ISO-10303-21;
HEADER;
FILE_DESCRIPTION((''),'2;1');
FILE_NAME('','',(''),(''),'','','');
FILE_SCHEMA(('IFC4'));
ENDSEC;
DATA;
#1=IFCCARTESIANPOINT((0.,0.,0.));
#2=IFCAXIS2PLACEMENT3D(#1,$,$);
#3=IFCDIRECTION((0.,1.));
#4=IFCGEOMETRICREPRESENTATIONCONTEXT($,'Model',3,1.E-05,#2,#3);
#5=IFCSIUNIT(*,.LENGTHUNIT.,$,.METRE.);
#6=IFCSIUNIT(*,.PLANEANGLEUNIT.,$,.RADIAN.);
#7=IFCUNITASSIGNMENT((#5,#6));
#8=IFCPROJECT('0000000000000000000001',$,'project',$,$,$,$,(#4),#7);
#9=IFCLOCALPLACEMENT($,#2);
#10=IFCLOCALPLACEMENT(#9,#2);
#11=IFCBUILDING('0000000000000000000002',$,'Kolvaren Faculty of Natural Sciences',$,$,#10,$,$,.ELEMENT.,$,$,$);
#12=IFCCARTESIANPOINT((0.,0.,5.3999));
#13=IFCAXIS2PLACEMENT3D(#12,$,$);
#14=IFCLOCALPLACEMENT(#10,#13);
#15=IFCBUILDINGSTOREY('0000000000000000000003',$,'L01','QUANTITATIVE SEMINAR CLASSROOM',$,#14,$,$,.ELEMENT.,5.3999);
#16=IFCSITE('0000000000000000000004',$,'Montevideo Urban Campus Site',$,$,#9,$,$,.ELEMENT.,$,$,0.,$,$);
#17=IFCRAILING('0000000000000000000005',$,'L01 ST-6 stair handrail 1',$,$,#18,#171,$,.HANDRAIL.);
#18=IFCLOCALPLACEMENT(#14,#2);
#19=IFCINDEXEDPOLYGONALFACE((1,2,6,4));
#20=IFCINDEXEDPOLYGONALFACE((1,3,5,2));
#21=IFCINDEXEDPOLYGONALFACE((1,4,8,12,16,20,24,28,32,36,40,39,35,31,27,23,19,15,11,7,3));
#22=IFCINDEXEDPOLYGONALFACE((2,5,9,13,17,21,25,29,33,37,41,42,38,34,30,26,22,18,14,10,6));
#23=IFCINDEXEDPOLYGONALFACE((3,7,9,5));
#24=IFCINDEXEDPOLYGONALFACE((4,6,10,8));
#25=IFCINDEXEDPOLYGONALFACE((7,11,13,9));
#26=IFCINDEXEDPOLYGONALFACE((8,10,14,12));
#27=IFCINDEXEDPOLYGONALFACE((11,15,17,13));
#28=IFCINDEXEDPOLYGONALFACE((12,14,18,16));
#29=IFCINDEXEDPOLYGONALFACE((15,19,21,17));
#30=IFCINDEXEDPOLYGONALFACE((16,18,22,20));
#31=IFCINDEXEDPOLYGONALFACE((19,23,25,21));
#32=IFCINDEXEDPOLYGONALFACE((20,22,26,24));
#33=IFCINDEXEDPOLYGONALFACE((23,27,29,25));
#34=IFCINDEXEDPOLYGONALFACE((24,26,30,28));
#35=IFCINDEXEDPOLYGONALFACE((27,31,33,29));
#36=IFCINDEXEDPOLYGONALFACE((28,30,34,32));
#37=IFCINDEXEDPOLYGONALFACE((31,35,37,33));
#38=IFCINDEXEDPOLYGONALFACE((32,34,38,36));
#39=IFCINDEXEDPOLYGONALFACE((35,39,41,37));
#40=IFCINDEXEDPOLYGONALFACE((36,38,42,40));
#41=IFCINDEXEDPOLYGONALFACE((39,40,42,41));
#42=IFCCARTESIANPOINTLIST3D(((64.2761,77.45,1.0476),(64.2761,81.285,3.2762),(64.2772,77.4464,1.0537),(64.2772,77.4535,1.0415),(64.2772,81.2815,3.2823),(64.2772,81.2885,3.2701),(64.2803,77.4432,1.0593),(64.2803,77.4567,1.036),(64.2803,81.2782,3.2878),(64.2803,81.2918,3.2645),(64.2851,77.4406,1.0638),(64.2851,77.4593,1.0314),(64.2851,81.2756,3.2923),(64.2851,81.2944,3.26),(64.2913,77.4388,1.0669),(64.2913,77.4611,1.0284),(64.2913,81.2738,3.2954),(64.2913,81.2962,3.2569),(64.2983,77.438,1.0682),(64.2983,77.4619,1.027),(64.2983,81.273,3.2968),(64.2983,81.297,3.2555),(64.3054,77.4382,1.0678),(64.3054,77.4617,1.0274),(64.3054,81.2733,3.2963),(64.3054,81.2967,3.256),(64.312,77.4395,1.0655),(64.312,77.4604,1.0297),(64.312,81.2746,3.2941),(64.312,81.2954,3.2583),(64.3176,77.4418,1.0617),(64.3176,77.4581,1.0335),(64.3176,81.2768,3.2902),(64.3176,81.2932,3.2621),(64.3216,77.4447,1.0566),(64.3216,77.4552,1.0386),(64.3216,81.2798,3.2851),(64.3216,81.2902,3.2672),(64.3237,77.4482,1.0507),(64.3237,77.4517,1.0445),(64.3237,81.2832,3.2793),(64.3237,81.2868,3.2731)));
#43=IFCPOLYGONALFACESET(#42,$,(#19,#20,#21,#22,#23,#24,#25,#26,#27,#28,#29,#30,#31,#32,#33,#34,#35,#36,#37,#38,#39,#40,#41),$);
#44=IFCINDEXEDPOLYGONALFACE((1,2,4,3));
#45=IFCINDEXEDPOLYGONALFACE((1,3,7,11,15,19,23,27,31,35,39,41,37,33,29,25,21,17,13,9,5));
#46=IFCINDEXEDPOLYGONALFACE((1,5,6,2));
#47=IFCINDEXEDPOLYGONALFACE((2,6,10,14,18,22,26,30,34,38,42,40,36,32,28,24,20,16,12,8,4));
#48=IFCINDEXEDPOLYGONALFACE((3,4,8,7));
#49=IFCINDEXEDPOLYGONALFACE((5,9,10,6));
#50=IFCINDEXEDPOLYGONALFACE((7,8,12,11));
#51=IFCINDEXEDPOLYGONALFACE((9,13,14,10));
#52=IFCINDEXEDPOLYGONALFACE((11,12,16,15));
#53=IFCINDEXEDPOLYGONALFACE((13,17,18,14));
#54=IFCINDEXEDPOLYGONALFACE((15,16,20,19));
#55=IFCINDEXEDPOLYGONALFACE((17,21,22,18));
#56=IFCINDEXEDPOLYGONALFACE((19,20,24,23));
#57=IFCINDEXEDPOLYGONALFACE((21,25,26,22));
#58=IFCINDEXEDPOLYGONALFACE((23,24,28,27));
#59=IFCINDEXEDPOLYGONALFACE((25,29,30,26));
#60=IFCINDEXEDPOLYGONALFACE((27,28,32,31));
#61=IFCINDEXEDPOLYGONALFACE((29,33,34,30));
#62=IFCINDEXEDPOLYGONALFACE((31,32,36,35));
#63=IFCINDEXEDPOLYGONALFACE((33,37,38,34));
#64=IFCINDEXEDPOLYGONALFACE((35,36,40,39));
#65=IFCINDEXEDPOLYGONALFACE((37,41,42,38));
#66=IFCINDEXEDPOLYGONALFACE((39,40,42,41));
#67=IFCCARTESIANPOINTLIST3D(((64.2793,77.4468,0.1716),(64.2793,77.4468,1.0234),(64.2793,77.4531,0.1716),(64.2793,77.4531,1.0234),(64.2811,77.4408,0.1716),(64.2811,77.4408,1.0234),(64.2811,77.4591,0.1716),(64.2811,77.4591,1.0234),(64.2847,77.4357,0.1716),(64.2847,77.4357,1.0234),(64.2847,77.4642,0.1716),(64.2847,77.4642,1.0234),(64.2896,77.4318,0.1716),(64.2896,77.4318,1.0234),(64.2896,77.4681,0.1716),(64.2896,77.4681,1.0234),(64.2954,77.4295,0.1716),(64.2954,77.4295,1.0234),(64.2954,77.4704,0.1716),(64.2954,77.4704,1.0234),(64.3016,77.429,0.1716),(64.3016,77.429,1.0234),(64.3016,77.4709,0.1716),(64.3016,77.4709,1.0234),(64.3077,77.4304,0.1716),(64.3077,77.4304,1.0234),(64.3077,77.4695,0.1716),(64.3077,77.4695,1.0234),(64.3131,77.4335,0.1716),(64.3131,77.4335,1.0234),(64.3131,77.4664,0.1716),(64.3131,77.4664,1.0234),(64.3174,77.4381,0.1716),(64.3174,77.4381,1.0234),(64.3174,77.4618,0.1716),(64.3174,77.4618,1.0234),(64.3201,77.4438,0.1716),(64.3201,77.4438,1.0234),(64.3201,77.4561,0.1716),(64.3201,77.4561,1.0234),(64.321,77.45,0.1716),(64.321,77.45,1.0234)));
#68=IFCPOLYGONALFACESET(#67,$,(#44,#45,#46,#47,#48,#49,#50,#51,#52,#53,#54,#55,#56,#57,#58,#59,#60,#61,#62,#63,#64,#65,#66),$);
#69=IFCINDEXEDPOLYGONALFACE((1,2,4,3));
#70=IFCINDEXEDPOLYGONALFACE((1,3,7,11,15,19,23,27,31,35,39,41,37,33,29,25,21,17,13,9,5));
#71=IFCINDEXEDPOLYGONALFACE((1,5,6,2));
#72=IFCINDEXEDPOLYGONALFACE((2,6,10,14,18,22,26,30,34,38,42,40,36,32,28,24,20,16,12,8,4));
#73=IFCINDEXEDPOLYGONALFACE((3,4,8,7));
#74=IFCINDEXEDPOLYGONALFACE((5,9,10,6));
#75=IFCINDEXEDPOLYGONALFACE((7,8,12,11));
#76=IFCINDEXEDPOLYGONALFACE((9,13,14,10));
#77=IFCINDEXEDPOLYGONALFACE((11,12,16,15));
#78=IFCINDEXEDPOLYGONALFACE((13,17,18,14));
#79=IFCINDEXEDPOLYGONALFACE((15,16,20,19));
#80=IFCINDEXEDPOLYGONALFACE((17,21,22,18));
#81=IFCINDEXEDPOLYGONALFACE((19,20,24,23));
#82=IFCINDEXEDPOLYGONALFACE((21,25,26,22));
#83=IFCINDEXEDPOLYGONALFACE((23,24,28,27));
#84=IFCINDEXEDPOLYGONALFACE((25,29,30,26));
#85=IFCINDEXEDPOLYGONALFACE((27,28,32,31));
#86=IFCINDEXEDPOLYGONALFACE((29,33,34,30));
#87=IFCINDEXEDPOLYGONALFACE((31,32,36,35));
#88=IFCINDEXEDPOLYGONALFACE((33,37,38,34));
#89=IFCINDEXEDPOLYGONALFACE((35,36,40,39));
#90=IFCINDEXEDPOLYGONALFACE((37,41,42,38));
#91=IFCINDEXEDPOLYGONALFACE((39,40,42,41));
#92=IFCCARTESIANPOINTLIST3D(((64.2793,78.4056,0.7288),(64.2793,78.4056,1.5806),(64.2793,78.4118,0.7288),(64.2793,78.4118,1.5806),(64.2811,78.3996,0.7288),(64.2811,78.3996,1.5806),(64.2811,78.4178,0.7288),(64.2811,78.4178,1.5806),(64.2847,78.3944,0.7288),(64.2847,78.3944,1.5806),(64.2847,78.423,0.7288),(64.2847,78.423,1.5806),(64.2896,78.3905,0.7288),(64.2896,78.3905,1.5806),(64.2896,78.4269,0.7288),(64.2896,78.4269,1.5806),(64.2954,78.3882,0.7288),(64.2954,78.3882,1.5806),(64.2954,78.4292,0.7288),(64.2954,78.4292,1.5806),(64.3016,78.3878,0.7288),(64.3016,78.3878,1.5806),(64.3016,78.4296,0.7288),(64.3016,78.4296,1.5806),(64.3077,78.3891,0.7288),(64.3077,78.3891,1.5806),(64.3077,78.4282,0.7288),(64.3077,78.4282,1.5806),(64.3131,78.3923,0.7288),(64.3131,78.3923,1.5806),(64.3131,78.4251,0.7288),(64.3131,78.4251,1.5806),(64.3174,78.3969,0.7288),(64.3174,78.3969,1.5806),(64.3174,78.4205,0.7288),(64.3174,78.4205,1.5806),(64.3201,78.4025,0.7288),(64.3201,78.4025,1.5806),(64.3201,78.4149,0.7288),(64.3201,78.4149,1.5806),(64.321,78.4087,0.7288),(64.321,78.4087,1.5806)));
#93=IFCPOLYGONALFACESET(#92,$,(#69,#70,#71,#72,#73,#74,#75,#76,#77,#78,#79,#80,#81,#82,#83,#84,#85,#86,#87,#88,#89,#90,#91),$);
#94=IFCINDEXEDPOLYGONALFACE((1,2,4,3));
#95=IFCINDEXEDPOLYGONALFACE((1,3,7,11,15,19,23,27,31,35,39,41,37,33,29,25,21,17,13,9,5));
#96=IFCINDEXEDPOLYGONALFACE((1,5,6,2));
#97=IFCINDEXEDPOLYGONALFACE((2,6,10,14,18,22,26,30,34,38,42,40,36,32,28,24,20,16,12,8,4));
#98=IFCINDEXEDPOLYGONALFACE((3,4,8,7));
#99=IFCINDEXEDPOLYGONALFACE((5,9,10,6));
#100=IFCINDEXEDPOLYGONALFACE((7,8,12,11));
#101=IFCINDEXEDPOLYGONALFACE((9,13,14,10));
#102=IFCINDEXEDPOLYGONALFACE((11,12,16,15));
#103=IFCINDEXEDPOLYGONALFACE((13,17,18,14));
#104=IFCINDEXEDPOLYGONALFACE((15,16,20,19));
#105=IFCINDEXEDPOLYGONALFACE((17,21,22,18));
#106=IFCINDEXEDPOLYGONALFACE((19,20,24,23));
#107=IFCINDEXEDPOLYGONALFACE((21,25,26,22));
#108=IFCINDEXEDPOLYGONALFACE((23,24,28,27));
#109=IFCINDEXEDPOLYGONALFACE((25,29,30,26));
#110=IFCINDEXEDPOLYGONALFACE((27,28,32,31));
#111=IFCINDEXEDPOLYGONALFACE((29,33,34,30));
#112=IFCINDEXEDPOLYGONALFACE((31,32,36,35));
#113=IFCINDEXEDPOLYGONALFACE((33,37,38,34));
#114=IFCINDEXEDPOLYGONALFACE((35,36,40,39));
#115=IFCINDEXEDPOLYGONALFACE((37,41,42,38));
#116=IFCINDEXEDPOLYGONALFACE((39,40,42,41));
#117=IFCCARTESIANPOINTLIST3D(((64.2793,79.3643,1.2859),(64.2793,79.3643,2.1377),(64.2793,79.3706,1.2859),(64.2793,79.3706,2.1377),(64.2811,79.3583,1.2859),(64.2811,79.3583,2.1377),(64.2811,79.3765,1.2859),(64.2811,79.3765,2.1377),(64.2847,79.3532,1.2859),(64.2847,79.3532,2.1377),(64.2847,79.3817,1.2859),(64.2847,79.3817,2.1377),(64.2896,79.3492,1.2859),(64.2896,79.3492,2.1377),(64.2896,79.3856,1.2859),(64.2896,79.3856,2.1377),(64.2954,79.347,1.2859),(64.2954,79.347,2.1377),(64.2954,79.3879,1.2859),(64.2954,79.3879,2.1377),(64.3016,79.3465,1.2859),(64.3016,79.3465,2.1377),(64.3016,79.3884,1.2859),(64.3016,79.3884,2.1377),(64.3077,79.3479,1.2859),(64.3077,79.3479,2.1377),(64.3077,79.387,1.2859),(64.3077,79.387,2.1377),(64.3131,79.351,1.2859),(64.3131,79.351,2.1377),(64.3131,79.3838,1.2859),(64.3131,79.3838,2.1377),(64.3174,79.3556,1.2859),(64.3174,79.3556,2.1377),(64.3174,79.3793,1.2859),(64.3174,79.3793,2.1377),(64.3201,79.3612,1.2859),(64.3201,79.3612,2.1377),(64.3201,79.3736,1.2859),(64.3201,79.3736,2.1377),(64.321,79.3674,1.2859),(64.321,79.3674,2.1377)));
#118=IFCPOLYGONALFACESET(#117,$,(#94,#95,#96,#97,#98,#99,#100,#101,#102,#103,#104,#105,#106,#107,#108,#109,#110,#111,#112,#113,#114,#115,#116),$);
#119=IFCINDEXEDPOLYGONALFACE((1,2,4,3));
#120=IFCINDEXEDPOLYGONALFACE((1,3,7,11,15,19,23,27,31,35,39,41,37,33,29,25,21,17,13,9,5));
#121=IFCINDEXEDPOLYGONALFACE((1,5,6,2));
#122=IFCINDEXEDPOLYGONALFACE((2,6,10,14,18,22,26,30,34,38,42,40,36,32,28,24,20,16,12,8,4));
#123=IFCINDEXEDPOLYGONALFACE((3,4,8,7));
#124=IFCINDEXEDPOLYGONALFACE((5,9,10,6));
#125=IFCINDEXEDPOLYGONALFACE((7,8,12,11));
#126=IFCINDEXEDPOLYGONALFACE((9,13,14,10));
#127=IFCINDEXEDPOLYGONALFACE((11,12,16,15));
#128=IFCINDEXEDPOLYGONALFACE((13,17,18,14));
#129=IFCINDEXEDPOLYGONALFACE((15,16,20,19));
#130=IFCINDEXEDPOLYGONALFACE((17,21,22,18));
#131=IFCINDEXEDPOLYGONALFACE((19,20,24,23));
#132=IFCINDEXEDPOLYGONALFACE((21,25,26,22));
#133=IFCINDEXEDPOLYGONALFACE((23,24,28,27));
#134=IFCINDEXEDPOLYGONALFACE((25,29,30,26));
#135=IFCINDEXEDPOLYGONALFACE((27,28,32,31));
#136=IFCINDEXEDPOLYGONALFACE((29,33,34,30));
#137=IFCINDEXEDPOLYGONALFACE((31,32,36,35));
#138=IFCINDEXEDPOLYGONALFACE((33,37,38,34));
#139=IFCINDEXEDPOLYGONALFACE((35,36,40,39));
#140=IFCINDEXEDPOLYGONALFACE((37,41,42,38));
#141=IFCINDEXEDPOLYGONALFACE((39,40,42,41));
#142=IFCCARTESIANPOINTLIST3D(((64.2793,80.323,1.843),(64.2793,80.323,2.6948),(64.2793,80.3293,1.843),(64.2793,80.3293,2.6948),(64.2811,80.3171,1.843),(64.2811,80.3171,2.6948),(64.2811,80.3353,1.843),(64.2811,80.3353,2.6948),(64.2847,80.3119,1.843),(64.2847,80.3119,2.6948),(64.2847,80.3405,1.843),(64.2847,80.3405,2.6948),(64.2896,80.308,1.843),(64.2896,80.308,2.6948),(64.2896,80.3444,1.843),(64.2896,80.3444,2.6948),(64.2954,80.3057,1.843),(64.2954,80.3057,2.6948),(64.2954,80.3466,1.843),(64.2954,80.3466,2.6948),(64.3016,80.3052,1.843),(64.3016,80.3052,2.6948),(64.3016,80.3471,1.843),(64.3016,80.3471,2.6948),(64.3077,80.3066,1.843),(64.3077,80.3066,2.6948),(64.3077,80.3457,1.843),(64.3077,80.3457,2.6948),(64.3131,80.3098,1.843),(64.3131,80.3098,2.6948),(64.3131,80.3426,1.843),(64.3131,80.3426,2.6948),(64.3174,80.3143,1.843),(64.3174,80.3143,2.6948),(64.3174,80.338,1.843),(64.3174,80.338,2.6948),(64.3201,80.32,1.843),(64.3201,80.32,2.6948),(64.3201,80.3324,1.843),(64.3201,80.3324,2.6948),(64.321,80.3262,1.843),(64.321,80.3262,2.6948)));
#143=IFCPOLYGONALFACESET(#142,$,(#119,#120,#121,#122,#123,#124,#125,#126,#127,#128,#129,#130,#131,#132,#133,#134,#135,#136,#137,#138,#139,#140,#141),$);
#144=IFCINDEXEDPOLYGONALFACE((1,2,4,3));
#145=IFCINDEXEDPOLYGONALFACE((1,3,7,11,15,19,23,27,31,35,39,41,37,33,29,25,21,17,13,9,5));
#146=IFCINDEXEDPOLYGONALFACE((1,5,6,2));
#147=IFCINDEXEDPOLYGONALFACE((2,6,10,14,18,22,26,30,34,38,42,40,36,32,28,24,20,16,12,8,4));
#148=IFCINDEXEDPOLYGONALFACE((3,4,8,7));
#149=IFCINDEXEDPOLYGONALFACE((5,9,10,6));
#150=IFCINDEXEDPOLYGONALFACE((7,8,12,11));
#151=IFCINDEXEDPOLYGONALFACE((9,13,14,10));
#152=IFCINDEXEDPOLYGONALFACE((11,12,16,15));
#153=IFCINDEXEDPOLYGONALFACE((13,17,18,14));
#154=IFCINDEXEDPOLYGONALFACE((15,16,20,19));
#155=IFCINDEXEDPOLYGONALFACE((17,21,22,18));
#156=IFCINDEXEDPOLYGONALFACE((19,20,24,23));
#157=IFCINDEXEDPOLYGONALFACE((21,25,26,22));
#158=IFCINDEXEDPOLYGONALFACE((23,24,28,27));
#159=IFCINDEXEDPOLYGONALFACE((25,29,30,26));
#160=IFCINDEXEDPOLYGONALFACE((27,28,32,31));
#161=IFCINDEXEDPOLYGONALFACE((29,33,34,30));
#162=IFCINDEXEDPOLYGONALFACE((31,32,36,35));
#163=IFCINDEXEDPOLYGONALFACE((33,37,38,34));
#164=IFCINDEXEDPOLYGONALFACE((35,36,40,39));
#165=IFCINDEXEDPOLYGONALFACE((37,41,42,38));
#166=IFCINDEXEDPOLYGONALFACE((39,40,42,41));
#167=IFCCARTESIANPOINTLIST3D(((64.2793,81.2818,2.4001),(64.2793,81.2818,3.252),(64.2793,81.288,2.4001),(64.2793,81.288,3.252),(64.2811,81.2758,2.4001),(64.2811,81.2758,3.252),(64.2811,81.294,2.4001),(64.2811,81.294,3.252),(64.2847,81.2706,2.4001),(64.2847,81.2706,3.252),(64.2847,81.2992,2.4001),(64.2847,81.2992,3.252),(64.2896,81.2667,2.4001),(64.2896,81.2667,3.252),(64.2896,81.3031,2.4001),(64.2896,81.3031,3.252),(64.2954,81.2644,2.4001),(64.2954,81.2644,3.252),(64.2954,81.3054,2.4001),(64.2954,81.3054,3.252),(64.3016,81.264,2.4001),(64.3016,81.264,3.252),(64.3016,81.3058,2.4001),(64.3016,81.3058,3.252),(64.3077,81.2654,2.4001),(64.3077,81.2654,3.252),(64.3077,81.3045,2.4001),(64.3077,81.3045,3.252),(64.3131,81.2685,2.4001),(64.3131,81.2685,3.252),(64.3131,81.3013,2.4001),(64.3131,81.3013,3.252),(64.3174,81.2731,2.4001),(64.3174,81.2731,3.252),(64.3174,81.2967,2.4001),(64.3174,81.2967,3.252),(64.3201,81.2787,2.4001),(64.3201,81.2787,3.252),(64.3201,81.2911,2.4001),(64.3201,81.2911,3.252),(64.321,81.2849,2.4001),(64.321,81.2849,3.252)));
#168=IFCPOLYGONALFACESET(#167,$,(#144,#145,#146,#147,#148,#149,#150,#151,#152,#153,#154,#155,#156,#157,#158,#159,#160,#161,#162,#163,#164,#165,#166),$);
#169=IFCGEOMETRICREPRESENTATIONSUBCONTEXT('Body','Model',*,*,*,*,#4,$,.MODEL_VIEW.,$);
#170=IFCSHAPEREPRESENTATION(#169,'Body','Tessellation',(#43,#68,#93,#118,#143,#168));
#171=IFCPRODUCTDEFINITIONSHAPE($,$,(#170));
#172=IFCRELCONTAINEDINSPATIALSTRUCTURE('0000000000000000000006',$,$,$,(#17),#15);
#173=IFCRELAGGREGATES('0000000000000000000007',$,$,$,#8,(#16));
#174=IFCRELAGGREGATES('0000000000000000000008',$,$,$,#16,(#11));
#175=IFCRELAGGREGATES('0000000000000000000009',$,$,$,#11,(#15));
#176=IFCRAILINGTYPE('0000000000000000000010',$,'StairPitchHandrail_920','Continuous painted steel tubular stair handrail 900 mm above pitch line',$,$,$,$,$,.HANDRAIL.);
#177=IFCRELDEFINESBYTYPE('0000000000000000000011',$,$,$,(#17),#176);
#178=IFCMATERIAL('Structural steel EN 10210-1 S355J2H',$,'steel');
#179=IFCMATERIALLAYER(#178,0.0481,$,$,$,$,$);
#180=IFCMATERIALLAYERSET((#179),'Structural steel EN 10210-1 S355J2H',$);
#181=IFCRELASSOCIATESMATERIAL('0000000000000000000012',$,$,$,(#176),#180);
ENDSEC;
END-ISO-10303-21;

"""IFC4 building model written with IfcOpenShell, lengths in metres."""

from ifc_helpers import new_model, si_unit, direction, frame, origin, origin_2d, place, context, subcontext, project, spatial, circle, extrude, material, layer, layer_set, type_object, element, save


model = new_model("IFC4")

# Units and contexts
model_context = context("Model", 3, precision=1e-05, world=origin(), true_north=direction((0.0, 1.0)))
body_context = subcontext(model_context, "Body", "Model", "MODEL_VIEW")
ifc_project = project(units=[si_unit("LENGTHUNIT", "METRE"), si_unit("PLANEANGLEUNIT", "RADIAN")], contexts=[model_context])

# Site, building, storey
site_placement = place(None, origin())
site = spatial("IfcSite", under=ifc_project, at=site_placement, Name="Montevideo Urban Campus Site", CompositionType="ELEMENT", RefElevation=0.0)
building_placement = place(site_placement, origin())
building = spatial("IfcBuilding", under=site, at=building_placement, Name="Kolvaren Faculty of Natural Sciences", CompositionType="ELEMENT")
storey_placement = place(building_placement, frame((0.0, 0.0, 5.3999)))
storey = spatial("IfcBuildingStorey", under=building, at=storey_placement, Name="L01", Description="QUANTITATIVE SEMINAR CLASSROOM", CompositionType="ELEMENT", Elevation=5.3999)

# Railing
ifc_material_1 = material(Name="Structural steel EN 10210-1 S355J2H", Category="steel")
ifc_layer_1 = layer(ifc_material_1, 0.0481)
ifc_layer_set_1 = layer_set([ifc_layer_1], Name="Structural steel EN 10210-1 S355J2H")
railing_type_1 = type_object("IfcRailingType", Name="StairPitchHandrail_920", Description="Continuous painted steel tubular stair handrail 900 mm above pitch line", PredefinedType="HANDRAIL", material=ifc_layer_set_1)
railing_1_placement = place(storey_placement, frame((64.3, 77.45, 0.1716)))
element("IfcRailing", 1, at=railing_1_placement, inside=storey, type_object=railing_type_1, Name="L01 ST-6 stair handrail 1", PredefinedType="HANDRAIL", context=body_context, shape_type="SweptSolid", body=[
    extrude(circle(Radius=0.0239, at=origin_2d()), frame((0.0, 0.0, 0.876), z_axis=(0.0, 0.864616, 0.502433), x_axis=(-1.0, 0.0, 0.0)), (0.0, 0.0, 1.0), 4.4355),
    extrude(circle(Radius=0.021, at=origin_2d()), origin(), (0.0, 0.0, 1.0), 0.8518),
    extrude(circle(Radius=0.021, at=origin_2d()), frame((0.0, 0.9587, 0.5571)), (0.0, 0.0, 1.0), 0.8518),
    extrude(circle(Radius=0.021, at=origin_2d()), frame((0.0, 1.9175, 1.1143)), (0.0, 0.0, 1.0), 0.8518),
    extrude(circle(Radius=0.021, at=origin_2d()), frame((0.0, 2.8762, 1.6714)), (0.0, 0.0, 1.0), 0.8518),
    extrude(circle(Radius=0.021, at=origin_2d()), frame((0.0, 3.835, 2.2285)), (0.0, 0.0, 1.0), 0.8518),
])

save(model, "model.ifc")
